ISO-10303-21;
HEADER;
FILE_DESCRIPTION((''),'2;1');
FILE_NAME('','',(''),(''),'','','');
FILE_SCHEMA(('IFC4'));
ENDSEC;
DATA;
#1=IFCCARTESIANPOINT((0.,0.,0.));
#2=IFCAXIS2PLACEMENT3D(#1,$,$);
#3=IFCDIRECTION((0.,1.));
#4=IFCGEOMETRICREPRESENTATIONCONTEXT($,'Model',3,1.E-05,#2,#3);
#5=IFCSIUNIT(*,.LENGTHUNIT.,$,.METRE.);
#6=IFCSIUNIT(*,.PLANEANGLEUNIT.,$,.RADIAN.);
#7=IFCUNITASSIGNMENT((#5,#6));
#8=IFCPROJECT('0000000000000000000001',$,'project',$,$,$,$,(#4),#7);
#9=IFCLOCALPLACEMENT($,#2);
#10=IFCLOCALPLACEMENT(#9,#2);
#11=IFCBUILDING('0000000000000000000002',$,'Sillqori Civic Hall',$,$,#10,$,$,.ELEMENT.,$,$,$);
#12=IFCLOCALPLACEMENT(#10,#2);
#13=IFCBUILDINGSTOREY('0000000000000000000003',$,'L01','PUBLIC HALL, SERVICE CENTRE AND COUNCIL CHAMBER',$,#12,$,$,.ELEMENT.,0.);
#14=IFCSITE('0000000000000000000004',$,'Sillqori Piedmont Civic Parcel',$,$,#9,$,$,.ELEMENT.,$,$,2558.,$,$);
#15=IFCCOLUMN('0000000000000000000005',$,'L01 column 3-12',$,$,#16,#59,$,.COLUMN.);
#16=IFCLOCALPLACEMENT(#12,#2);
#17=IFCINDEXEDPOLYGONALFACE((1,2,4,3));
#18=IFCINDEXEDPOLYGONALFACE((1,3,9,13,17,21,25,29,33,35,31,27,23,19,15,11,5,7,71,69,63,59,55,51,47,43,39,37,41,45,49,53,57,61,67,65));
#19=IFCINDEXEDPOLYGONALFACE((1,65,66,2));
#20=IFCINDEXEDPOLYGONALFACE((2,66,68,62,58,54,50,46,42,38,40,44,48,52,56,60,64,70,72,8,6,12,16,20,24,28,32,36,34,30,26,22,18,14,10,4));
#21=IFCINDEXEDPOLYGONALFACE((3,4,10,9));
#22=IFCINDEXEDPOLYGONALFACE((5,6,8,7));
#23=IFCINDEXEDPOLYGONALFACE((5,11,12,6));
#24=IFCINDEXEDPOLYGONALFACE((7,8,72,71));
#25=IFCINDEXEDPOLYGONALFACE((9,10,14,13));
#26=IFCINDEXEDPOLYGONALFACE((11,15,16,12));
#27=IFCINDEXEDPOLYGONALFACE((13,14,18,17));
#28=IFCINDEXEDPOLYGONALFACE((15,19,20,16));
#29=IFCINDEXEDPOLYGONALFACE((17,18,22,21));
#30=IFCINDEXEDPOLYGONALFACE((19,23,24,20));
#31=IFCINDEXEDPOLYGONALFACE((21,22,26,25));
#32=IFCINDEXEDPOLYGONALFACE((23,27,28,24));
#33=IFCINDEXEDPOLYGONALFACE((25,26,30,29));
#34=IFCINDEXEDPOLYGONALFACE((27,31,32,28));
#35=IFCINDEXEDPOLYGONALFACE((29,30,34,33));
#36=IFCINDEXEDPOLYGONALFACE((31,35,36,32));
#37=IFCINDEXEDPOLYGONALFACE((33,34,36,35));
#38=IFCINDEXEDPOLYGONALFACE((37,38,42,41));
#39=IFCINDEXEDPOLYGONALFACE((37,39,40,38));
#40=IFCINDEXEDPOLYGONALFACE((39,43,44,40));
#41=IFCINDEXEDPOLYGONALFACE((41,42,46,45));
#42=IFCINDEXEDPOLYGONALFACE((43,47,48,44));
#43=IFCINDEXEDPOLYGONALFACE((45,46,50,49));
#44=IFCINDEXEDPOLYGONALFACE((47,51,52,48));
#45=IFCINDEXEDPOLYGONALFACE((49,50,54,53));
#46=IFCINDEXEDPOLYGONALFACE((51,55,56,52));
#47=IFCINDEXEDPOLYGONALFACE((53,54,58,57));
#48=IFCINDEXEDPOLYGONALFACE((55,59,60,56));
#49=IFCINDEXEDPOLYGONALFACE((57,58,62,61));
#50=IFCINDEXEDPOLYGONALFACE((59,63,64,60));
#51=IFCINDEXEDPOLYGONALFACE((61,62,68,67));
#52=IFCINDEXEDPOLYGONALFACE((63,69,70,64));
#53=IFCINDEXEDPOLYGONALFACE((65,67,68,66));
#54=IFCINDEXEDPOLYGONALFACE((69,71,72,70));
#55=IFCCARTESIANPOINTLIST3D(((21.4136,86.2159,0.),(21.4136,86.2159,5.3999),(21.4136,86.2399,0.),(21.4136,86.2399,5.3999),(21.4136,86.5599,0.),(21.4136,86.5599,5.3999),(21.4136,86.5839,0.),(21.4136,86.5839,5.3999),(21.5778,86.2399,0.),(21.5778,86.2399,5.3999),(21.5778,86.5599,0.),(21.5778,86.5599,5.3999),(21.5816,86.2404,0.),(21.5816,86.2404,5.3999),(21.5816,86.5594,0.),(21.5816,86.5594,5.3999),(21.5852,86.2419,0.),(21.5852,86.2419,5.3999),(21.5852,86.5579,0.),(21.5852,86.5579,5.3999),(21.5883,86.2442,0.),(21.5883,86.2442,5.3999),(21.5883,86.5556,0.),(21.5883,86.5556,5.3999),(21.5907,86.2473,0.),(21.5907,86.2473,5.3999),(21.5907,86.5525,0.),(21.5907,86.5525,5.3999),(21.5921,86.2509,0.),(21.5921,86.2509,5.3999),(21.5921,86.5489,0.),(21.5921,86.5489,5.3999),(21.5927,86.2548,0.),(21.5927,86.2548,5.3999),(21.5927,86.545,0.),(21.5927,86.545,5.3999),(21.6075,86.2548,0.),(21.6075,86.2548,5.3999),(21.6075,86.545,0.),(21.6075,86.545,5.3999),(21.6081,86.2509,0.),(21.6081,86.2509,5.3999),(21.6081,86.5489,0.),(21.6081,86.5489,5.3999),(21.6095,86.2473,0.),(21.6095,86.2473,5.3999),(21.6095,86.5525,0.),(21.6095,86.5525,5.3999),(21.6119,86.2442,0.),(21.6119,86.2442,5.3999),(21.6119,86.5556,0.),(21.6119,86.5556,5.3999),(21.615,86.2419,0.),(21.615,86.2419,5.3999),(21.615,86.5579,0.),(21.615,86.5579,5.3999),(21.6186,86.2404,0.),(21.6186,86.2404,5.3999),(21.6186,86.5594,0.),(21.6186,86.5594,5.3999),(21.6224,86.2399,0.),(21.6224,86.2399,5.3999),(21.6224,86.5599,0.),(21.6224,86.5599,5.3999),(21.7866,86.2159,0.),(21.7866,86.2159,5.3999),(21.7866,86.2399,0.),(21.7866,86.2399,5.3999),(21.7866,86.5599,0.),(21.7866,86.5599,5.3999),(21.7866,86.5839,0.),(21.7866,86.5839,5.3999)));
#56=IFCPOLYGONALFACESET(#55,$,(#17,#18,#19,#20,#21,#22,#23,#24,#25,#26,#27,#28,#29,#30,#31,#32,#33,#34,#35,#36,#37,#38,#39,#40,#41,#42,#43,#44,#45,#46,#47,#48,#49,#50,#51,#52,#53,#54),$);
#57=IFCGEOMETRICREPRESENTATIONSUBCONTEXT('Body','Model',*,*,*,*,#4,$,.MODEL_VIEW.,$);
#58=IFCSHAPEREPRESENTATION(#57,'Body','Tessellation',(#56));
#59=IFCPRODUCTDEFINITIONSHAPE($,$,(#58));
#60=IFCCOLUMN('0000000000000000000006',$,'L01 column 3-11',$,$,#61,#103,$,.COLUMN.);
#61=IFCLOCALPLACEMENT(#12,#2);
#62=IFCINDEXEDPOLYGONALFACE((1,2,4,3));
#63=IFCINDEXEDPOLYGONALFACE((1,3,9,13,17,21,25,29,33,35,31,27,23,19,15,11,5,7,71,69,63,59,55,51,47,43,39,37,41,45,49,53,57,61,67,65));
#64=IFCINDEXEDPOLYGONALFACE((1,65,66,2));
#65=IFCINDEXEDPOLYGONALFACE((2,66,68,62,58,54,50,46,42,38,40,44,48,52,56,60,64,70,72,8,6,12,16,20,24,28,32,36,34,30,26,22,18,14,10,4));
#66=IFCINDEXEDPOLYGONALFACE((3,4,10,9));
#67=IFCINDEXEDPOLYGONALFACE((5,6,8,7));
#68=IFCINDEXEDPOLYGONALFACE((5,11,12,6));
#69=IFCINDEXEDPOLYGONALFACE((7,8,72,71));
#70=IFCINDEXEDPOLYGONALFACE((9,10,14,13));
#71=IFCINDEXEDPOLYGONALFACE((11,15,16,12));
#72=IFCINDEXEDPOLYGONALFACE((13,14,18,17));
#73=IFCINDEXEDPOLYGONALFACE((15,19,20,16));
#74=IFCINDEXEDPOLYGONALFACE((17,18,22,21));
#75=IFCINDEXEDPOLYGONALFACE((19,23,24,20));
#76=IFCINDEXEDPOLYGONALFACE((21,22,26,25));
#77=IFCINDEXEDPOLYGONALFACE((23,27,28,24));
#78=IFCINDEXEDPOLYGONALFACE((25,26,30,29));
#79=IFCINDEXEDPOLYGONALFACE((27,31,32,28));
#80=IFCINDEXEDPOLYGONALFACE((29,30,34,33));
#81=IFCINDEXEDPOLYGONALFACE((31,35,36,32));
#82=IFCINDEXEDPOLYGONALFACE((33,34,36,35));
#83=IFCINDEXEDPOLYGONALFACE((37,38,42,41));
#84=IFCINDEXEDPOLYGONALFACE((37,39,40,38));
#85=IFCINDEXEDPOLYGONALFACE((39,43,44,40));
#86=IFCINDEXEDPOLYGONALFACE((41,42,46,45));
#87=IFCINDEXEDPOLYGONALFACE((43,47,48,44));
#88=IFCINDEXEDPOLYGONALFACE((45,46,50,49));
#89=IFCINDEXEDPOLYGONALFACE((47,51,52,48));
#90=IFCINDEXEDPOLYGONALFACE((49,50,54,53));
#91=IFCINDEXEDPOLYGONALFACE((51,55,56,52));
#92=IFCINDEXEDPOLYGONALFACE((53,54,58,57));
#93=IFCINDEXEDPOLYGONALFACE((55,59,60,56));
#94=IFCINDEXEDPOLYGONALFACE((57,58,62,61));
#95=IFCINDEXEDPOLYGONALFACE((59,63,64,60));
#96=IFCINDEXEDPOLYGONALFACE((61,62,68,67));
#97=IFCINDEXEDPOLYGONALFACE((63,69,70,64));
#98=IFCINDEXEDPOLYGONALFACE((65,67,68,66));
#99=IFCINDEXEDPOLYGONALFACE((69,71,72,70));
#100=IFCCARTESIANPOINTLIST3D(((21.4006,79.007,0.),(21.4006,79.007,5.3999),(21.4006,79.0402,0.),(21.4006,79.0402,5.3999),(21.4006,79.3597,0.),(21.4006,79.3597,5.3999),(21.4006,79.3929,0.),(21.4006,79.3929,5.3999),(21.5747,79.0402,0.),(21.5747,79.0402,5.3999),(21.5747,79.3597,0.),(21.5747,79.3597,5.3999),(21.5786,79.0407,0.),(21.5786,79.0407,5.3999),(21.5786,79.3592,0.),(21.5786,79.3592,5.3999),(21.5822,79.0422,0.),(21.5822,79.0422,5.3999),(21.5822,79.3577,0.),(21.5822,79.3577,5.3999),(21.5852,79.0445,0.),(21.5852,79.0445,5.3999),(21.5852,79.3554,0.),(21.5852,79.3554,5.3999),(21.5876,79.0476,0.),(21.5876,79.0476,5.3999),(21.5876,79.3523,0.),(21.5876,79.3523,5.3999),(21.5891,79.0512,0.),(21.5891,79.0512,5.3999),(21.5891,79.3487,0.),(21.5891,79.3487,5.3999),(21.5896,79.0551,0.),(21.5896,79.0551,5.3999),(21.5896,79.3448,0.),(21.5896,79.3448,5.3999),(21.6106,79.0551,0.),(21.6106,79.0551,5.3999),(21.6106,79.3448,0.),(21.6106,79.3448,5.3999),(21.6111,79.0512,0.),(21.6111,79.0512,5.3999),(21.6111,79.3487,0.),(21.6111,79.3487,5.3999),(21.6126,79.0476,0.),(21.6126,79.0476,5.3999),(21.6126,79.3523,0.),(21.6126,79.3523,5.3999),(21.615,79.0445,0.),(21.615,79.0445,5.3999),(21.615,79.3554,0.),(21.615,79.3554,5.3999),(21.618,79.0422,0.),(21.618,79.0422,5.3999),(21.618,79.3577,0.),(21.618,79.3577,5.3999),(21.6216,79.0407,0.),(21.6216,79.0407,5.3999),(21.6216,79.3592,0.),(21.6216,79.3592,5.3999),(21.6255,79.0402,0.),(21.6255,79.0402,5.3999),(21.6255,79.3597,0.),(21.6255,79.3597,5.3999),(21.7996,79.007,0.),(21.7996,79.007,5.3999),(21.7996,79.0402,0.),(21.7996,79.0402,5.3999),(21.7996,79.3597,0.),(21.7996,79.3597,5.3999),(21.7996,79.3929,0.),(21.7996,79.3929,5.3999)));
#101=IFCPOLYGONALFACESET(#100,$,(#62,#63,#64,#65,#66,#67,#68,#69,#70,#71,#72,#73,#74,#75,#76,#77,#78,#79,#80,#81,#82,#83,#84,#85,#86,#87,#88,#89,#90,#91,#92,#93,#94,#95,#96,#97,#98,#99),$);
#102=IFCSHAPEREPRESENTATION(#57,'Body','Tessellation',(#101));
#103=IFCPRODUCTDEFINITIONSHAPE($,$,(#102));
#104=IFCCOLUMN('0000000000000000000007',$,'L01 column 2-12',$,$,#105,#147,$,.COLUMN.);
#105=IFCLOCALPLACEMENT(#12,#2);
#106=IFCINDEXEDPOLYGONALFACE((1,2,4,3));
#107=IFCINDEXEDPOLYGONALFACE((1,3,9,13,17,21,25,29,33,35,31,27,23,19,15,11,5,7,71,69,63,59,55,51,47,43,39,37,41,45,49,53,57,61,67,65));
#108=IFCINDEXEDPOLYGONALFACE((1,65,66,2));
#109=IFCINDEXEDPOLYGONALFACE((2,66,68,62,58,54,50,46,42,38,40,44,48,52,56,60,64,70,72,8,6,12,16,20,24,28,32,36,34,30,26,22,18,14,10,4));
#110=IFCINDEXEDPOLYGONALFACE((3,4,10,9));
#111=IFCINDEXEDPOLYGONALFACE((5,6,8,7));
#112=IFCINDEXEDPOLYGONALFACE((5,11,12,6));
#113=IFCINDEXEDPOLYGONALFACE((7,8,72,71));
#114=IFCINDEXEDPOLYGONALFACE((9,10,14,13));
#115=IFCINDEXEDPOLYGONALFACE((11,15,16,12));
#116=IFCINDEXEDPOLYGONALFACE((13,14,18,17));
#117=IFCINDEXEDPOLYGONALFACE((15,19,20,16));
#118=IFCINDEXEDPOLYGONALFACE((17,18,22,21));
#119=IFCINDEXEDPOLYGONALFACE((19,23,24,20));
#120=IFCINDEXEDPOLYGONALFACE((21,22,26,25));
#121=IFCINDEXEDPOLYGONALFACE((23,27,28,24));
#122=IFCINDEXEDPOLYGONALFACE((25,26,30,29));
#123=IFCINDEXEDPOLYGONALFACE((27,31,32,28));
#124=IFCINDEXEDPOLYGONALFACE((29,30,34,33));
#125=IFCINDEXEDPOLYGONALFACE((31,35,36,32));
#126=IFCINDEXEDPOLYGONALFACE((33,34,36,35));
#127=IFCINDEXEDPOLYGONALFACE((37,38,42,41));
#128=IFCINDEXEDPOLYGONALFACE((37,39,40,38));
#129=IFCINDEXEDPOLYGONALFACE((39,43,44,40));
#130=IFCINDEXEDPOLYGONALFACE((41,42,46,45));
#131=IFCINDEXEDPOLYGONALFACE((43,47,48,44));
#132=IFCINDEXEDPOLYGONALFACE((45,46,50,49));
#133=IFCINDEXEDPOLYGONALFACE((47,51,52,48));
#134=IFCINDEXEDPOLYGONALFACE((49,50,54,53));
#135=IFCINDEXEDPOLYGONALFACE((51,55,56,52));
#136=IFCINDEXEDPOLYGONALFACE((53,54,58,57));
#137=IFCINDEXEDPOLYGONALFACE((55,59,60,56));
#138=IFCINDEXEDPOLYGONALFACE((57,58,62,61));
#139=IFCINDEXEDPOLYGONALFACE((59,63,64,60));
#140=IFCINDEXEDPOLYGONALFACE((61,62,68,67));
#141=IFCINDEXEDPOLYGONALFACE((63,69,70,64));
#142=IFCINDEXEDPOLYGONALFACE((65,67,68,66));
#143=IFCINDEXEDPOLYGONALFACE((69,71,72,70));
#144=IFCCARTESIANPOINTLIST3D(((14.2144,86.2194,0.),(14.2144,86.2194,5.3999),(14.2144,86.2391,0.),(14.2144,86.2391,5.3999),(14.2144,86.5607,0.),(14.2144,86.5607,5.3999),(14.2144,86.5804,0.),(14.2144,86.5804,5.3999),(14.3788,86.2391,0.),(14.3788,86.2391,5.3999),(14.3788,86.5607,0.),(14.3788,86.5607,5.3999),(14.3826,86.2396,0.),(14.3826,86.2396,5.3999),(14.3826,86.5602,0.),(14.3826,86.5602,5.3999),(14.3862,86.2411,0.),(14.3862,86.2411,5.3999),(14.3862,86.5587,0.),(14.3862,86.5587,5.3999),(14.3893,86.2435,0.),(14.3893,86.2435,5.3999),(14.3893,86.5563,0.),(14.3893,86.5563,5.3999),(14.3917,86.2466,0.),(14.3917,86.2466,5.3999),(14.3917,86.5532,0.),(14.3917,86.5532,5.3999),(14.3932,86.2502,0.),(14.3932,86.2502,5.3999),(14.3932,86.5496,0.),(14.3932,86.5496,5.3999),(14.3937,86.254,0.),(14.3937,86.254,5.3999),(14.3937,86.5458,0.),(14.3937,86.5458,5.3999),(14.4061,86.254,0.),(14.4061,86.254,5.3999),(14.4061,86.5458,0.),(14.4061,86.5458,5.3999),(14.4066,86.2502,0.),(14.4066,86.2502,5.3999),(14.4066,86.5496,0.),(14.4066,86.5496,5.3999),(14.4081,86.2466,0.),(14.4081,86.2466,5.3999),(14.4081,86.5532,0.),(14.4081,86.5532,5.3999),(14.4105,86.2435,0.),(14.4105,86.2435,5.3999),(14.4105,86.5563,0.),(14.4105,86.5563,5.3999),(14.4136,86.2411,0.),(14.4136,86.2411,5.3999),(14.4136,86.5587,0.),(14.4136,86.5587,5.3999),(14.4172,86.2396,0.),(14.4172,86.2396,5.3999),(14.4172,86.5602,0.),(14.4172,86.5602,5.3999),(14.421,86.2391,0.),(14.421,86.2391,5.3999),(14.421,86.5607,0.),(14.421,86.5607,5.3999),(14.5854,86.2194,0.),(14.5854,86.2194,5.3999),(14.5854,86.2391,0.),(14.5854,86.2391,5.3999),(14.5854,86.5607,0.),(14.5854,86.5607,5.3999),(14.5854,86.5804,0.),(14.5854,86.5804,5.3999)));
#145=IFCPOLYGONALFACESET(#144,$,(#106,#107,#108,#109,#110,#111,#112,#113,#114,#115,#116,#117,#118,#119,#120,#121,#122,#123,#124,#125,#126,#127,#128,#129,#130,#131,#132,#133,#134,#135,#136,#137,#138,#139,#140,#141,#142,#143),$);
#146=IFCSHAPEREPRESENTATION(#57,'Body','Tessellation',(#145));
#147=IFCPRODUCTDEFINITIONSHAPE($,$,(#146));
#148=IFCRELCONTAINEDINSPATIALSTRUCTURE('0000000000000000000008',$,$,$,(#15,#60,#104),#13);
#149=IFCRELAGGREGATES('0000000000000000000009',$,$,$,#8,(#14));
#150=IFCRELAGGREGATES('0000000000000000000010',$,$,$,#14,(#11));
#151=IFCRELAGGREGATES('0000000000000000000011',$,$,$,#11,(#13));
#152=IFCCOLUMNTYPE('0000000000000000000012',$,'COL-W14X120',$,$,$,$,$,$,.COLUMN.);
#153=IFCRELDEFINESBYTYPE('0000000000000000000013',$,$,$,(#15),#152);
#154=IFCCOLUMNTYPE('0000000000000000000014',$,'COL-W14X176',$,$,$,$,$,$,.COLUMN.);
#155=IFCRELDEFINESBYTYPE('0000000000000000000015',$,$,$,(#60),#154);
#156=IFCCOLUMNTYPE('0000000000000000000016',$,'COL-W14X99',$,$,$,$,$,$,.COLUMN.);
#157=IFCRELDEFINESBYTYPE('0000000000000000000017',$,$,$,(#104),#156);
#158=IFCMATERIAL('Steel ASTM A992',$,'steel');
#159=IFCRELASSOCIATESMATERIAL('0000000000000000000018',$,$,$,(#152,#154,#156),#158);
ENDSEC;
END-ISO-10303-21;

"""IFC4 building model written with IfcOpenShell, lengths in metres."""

from ifc_helpers import new_model, si_unit, direction, frame, origin, origin_2d, place, context, subcontext, project, spatial, i_section, extrude, material, material_profile, profile_set, type_object, element, save


model = new_model("IFC4")

# Units and contexts
model_context = context("Model", 3, precision=1e-05, world=origin(), true_north=direction((0.0, 1.0)))
body_context = subcontext(model_context, "Body", "Model", "MODEL_VIEW")
ifc_project = project(units=[si_unit("LENGTHUNIT", "METRE"), si_unit("PLANEANGLEUNIT", "RADIAN")], contexts=[model_context])

# Site, building, storey
site_placement = place(None, origin())
site = spatial("IfcSite", under=ifc_project, at=site_placement, Name="Sillqori Piedmont Civic Parcel", CompositionType="ELEMENT", RefElevation=2558.0)
building_placement = place(site_placement, origin())
building = spatial("IfcBuilding", under=site, at=building_placement, Name="Sillqori Civic Hall", CompositionType="ELEMENT")
storey_placement = place(building_placement, origin())
storey = spatial("IfcBuildingStorey", under=building, at=storey_placement, Name="L01", Description="PUBLIC HALL, SERVICE CENTRE AND COUNCIL CHAMBER", CompositionType="ELEMENT", Elevation=0.0)

# Columns
ifc_material_1 = material(Name="Steel ASTM A992", Category="steel")
ifc_material_profile_1 = material_profile(ifc_material_1, i_section(OverallWidth=0.373, OverallDepth=0.3679, WebThickness=0.0149, FlangeThickness=0.0239, FilletRadius=0.0149, at=origin_2d()), Name="W14X120")
ifc_profile_set_1 = profile_set([ifc_material_profile_1], Name="Steel ASTM A992")
column_type_1 = type_object("IfcColumnType", Name="COL-W14X120", PredefinedType="COLUMN", material=ifc_profile_set_1)
column_1_placement = place(storey_placement, frame((21.6001, 86.3999, 0.0), z_axis=(0.0, 0.0, 1.0), x_axis=(1.0, 0.0, 0.0)))
element("IfcColumn", 1, at=column_1_placement, inside=storey, type_object=column_type_1, Name="L01 column 3-12", PredefinedType="COLUMN", context=body_context, shape_type="SweptSolid", body=[
    extrude(i_section(OverallWidth=0.373, OverallDepth=0.3679, WebThickness=0.0149, FlangeThickness=0.0239, FilletRadius=0.0149, at=origin_2d()), origin(), (0.0, 0.0, 1.0), 5.3999),
])
ifc_material_profile_2 = material_profile(ifc_material_1, i_section(OverallWidth=0.3989, OverallDepth=0.386, WebThickness=0.021, FlangeThickness=0.0332, FilletRadius=0.0149, at=origin_2d()), Name="W14X176")
ifc_profile_set_2 = profile_set([ifc_material_profile_2], Name="Steel ASTM A992")
column_type_2 = type_object("IfcColumnType", Name="COL-W14X176", PredefinedType="COLUMN", material=ifc_profile_set_2)
column_2_placement = place(storey_placement, frame((21.6001, 79.2, 0.0), z_axis=(0.0, 0.0, 1.0), x_axis=(1.0, 0.0, 0.0)))
element("IfcColumn", 2, at=column_2_placement, inside=storey, type_object=column_type_2, Name="L01 column 3-11", PredefinedType="COLUMN", context=body_context, shape_type="SweptSolid", body=[
    extrude(i_section(OverallWidth=0.3989, OverallDepth=0.386, WebThickness=0.021, FlangeThickness=0.0332, FilletRadius=0.0149, at=origin_2d()), origin(), (0.0, 0.0, 1.0), 5.3999),
])
ifc_material_profile_3 = material_profile(ifc_material_1, i_section(OverallWidth=0.3711, OverallDepth=0.3611, WebThickness=0.0125, FlangeThickness=0.0198, FilletRadius=0.0149, at=origin_2d()), Name="W14X99")
ifc_profile_set_3 = profile_set([ifc_material_profile_3], Name="Steel ASTM A992")
column_type_3 = type_object("IfcColumnType", Name="COL-W14X99", PredefinedType="COLUMN", material=ifc_profile_set_3)
column_3_placement = place(storey_placement, frame((14.3999, 86.3999, 0.0), z_axis=(0.0, 0.0, 1.0), x_axis=(1.0, 0.0, 0.0)))
element("IfcColumn", 3, at=column_3_placement, inside=storey, type_object=column_type_3, Name="L01 column 2-12", PredefinedType="COLUMN", context=body_context, shape_type="SweptSolid", body=[
    extrude(i_section(OverallWidth=0.3711, OverallDepth=0.3611, WebThickness=0.0125, FlangeThickness=0.0198, FilletRadius=0.0149, at=origin_2d()), origin(), (0.0, 0.0, 1.0), 5.3999),
])

save(model, "model.ifc")
